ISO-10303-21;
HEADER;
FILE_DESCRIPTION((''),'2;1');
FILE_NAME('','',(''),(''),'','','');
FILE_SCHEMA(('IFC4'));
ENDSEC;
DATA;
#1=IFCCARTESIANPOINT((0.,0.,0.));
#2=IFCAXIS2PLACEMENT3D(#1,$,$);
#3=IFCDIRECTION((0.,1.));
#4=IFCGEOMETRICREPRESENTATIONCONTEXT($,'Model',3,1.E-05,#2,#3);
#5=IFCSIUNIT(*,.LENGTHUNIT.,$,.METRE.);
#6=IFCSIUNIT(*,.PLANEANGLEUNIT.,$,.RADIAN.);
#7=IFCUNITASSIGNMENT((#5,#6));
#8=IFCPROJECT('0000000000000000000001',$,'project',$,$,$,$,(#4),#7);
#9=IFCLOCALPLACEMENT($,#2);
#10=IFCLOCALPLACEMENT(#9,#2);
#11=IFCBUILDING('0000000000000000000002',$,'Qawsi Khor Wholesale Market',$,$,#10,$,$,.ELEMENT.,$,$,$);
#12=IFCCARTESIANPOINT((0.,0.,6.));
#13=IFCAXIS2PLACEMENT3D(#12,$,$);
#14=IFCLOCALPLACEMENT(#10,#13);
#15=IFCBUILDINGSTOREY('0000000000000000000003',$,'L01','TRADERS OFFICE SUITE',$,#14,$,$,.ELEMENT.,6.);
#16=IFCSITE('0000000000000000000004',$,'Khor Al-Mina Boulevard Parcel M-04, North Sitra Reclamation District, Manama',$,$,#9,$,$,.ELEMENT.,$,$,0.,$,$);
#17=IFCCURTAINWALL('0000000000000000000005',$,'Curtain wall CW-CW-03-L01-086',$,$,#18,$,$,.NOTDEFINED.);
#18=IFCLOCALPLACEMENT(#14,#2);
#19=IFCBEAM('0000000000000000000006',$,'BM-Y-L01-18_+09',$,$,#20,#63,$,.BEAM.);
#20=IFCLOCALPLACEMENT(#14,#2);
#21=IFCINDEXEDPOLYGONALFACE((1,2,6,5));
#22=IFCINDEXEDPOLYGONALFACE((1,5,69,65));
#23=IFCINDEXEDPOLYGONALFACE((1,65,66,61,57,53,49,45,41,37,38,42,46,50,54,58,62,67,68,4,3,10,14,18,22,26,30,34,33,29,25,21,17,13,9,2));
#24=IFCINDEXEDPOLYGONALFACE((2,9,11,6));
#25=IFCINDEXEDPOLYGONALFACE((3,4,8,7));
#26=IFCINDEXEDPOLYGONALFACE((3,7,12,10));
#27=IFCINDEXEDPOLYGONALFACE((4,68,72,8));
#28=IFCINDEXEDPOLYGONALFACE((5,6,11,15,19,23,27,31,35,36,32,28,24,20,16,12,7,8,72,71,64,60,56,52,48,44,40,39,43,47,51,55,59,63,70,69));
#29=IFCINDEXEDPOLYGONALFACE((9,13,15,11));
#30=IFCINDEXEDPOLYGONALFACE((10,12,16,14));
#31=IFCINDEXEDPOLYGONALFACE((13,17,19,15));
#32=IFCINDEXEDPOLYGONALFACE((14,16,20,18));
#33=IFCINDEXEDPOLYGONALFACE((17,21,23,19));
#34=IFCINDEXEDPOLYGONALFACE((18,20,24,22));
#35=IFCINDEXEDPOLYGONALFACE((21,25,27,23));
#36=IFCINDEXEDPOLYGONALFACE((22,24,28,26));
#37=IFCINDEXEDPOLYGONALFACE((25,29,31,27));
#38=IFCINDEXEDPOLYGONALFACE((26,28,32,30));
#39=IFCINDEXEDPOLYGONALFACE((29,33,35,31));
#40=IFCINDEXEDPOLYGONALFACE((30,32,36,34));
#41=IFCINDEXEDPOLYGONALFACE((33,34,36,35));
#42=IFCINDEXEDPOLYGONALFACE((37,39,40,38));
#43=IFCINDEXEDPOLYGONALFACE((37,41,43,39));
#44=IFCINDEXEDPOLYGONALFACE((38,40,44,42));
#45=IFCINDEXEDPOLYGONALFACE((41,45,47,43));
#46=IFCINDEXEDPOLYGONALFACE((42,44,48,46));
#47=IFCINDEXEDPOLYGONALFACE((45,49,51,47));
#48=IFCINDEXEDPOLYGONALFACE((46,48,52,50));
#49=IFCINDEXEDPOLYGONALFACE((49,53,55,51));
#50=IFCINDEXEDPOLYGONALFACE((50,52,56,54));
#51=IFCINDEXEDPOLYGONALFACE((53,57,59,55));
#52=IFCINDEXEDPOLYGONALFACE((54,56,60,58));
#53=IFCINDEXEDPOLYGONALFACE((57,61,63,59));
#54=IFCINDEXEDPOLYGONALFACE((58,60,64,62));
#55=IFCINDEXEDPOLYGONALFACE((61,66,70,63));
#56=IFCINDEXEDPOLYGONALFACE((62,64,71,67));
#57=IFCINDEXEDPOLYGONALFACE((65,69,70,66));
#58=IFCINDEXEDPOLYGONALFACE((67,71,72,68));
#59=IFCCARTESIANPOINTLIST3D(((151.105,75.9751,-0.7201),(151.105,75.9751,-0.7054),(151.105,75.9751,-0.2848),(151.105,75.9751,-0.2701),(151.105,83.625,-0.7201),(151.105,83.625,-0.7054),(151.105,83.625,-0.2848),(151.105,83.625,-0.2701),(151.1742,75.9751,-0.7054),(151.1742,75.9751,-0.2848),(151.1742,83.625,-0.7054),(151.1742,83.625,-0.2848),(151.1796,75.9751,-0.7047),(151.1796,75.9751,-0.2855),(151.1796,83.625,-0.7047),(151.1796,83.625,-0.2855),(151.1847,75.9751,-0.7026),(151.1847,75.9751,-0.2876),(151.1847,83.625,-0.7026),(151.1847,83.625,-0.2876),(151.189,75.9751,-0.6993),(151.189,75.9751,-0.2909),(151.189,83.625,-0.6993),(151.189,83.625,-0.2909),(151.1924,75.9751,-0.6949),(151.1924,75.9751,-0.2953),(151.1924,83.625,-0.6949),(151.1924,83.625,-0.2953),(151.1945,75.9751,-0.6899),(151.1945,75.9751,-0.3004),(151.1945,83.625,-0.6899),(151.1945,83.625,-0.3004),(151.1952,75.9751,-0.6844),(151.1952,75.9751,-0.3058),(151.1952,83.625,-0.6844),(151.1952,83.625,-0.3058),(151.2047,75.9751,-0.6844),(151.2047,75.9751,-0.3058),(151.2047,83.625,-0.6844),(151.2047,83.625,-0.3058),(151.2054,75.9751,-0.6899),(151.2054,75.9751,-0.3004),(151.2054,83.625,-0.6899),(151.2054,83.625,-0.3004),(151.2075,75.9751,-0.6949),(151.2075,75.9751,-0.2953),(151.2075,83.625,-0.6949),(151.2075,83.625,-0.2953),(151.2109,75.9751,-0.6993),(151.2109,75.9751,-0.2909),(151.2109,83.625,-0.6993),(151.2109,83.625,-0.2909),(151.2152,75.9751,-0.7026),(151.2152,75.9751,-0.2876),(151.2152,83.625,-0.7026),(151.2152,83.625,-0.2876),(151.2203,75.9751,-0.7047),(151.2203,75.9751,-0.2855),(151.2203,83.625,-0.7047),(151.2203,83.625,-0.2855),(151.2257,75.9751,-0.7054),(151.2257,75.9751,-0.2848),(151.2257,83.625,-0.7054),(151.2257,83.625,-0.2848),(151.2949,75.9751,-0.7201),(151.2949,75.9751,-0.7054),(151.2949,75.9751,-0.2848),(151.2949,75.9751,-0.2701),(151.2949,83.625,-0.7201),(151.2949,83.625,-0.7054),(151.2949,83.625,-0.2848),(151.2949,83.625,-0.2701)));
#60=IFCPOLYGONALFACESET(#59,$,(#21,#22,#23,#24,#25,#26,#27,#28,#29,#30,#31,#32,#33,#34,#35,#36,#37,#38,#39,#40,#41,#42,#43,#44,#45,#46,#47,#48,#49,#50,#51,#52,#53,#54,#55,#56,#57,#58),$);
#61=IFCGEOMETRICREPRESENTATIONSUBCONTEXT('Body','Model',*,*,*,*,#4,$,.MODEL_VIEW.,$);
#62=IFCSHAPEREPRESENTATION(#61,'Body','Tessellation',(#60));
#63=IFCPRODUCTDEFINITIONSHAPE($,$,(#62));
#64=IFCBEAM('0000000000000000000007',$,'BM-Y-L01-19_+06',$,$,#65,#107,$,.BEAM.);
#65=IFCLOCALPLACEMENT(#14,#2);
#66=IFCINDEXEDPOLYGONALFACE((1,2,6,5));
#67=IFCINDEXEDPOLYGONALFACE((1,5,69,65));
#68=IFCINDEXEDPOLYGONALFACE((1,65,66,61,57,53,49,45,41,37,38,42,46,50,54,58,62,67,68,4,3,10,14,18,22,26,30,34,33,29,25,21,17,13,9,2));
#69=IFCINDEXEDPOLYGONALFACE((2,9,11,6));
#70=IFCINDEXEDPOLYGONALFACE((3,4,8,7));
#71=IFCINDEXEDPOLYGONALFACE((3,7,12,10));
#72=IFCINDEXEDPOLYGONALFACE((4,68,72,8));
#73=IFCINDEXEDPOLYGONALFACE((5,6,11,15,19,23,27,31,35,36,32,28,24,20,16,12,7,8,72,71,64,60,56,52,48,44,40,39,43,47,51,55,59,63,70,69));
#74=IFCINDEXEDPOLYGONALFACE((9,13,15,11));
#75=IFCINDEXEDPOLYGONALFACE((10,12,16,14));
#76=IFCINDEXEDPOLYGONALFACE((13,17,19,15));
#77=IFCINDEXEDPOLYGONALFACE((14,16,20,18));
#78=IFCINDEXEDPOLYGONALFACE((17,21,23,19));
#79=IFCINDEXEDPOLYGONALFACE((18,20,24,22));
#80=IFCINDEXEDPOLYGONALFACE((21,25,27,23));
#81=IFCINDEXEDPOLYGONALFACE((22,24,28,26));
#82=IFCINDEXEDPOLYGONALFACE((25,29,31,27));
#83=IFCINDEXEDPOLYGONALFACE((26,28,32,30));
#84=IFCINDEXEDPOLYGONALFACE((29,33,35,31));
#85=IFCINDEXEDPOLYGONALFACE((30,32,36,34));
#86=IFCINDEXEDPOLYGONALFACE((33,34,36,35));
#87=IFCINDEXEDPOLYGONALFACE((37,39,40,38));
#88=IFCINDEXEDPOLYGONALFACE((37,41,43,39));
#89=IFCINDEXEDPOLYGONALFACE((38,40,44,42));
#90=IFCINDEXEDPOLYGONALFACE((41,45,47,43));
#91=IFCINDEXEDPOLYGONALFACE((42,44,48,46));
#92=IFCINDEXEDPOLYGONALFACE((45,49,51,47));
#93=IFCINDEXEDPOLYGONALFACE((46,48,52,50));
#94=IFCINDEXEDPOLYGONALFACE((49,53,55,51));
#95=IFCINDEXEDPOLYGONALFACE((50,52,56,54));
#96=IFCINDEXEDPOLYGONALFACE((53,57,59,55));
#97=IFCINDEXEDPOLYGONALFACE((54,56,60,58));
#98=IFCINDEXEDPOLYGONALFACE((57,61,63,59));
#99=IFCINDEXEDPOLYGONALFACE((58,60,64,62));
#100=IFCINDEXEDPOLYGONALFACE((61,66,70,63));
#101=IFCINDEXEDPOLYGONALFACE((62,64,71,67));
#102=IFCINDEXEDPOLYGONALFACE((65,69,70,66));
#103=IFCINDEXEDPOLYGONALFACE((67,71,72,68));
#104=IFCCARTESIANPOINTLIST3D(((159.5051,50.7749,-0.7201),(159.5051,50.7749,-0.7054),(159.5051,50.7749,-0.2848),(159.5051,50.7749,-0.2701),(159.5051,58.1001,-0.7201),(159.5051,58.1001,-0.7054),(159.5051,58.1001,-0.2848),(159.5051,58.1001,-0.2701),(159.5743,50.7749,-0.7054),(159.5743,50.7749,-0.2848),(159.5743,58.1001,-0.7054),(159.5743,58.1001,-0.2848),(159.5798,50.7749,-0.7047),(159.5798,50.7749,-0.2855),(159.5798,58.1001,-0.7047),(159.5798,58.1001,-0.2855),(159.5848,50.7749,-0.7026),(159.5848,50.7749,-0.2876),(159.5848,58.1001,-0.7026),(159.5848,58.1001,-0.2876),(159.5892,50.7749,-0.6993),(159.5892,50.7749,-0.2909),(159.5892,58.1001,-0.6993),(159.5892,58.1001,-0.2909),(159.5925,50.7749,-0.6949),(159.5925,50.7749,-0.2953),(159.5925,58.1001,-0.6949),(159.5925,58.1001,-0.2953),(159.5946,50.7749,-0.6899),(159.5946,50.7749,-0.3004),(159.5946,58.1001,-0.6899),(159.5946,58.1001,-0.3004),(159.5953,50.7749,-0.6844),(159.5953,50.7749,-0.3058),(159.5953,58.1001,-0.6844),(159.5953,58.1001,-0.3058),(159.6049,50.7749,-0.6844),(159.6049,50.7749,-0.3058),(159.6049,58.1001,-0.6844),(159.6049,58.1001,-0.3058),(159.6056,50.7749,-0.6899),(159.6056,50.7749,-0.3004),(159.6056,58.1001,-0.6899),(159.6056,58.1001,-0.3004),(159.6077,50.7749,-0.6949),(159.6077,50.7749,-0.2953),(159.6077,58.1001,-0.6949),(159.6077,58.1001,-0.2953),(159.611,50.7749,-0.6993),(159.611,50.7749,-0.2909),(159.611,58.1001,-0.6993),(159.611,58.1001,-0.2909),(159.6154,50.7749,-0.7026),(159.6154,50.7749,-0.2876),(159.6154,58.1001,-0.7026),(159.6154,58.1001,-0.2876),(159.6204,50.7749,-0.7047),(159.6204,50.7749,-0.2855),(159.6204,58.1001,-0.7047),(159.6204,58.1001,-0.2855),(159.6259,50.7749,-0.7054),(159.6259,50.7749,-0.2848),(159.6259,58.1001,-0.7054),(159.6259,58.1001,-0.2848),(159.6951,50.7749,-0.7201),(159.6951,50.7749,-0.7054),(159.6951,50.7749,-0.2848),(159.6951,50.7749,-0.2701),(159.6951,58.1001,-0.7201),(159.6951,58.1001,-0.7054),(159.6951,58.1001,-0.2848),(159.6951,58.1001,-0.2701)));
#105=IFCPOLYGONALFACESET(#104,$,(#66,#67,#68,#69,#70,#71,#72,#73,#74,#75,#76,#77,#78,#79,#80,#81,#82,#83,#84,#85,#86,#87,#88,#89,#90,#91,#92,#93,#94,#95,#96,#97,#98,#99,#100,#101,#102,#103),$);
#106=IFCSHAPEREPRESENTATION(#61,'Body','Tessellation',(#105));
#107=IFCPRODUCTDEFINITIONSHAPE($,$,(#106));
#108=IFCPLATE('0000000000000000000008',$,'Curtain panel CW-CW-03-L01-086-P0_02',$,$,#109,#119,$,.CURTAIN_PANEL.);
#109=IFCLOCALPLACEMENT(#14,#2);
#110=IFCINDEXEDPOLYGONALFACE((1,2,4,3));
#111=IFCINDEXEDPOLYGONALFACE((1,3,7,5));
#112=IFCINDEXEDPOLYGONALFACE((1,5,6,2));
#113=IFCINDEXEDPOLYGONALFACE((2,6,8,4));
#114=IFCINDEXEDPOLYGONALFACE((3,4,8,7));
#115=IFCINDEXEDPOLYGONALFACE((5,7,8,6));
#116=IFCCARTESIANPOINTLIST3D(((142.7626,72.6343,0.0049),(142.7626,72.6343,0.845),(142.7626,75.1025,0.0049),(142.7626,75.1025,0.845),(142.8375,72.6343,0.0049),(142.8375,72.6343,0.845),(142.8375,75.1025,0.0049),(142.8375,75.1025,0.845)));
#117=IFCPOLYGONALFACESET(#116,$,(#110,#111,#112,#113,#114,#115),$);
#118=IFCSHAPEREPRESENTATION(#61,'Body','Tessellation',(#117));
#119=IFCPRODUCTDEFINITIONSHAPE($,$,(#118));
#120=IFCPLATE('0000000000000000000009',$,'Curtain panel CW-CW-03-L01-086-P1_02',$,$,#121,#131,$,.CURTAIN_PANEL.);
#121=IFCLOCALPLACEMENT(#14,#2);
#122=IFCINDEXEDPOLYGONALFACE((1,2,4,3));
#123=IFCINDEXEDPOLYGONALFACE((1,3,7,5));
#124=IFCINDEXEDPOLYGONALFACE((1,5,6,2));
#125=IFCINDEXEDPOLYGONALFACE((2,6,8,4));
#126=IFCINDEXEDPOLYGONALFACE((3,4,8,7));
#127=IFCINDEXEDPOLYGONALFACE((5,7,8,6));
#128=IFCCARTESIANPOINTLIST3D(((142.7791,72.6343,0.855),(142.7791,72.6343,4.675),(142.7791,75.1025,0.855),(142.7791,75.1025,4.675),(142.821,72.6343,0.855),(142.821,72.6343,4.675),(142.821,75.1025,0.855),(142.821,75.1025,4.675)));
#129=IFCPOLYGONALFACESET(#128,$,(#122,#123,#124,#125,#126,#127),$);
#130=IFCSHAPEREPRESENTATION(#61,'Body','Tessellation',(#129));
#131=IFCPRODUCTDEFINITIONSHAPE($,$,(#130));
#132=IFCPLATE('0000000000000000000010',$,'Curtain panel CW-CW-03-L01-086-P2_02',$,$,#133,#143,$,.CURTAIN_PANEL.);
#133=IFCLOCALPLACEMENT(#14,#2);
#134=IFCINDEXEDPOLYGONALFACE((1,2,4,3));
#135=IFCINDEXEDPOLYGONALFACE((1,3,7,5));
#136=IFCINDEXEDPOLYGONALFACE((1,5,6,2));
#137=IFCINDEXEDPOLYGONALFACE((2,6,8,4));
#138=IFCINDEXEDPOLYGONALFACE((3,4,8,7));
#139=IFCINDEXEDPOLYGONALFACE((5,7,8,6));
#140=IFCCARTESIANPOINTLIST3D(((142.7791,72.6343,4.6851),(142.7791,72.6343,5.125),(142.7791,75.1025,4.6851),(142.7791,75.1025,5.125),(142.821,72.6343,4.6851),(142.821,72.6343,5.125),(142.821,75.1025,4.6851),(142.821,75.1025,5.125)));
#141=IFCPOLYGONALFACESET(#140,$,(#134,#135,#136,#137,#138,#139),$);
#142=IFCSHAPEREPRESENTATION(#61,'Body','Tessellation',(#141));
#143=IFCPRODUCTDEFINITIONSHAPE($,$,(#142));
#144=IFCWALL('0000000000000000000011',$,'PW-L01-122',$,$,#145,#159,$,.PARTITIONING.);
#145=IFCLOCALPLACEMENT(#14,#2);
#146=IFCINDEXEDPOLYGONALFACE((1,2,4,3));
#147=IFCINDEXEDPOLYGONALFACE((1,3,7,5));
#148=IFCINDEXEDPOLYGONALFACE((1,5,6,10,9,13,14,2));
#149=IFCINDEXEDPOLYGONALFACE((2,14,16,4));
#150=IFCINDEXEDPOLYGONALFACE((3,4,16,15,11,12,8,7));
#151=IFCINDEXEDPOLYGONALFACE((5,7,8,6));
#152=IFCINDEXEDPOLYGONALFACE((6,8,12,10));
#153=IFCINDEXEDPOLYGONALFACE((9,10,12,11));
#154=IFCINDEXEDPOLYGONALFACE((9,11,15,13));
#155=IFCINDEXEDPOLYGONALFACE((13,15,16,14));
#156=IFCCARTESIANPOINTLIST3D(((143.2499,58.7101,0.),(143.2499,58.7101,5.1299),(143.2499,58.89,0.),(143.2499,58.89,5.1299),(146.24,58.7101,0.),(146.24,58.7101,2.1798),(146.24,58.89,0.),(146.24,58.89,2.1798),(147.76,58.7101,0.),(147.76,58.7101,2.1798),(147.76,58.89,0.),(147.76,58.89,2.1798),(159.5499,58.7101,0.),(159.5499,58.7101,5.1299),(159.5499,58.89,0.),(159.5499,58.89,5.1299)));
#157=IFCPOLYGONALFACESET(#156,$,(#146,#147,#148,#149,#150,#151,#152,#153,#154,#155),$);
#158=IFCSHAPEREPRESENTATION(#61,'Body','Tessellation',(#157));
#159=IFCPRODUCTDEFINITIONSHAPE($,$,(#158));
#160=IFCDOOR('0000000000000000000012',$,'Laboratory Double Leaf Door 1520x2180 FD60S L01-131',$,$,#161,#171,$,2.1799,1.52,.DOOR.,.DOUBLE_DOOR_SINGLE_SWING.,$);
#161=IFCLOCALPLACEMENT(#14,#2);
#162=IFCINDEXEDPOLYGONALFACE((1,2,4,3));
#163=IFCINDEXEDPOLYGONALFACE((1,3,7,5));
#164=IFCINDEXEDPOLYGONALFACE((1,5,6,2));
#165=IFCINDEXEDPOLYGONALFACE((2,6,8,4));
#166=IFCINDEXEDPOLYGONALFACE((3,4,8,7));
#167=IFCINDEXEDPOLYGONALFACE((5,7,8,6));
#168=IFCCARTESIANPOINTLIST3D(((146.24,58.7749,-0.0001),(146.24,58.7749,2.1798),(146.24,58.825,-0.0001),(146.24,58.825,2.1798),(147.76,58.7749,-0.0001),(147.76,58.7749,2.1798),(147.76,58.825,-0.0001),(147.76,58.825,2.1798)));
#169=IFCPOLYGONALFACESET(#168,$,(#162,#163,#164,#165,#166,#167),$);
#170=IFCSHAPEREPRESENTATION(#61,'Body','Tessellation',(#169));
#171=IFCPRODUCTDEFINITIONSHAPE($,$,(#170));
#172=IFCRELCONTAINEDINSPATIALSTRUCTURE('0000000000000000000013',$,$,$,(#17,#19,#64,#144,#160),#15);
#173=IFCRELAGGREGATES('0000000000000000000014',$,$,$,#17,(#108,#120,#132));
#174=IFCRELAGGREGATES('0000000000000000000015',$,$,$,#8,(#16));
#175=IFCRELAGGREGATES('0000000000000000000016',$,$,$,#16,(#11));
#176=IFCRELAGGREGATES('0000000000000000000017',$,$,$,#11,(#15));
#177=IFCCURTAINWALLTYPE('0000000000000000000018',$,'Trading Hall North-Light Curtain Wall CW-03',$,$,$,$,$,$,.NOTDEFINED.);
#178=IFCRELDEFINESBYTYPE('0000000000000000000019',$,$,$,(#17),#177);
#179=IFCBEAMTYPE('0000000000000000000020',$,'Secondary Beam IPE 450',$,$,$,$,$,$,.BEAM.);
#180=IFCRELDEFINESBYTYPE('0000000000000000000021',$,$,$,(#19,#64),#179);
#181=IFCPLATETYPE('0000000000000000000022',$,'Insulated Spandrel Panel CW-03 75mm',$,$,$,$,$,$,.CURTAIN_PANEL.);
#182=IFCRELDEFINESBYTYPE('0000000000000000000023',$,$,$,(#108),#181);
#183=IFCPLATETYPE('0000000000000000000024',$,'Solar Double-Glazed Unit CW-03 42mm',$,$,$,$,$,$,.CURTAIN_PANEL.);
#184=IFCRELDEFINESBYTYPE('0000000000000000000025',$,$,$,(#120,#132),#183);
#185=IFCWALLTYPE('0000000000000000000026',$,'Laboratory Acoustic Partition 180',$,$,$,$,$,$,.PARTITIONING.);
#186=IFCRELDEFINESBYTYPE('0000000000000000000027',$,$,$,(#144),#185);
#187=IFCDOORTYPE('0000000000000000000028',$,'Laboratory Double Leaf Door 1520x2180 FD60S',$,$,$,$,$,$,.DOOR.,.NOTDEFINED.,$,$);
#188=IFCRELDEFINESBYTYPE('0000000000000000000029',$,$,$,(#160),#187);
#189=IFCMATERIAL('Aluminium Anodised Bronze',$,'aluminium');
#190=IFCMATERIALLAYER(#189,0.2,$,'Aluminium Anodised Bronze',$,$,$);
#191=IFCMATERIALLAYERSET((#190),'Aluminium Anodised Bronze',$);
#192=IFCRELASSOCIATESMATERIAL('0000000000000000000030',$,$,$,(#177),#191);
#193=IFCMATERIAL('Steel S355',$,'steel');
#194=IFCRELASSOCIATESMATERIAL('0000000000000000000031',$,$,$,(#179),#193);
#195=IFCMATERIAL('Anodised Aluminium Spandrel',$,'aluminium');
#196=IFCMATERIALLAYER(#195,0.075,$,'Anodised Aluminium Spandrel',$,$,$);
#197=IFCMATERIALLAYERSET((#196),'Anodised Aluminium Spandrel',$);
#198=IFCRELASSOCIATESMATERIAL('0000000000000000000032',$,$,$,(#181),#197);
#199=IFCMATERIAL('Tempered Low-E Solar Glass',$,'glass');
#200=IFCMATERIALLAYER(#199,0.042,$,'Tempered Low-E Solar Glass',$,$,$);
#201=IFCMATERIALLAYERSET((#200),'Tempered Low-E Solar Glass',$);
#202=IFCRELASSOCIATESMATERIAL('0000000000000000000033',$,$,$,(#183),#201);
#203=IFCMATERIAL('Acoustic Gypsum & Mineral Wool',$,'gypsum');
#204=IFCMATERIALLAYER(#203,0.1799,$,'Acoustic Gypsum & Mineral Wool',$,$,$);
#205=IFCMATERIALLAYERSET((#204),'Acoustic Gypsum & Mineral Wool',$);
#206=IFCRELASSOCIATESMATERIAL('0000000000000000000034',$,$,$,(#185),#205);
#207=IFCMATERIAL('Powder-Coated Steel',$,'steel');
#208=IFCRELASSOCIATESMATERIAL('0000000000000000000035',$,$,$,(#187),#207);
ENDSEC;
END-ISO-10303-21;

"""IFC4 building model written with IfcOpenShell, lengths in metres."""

from ifc_helpers import new_model, si_unit, direction, frame, frame_2d, origin, origin_2d, place, context, subcontext, project, spatial, rectangle, i_section, extrude, material, layer, layer_set, material_profile, profile_set, type_object, element, fill, aggregate, save


model = new_model("IFC4")

# Units and contexts
model_context = context("Model", 3, precision=1e-05, world=origin(), true_north=direction((0.0, 1.0)))
body_context = subcontext(model_context, "Body", "Model", "MODEL_VIEW")
ifc_project = project(units=[si_unit("LENGTHUNIT", "METRE"), si_unit("PLANEANGLEUNIT", "RADIAN")], contexts=[model_context])

# Site, building, storey
site_placement = place(None, origin())
site = spatial("IfcSite", under=ifc_project, at=site_placement, Name="Khor Al-Mina Boulevard Parcel M-04, North Sitra Reclamation District, Manama", CompositionType="ELEMENT", RefElevation=0.0)
building_placement = place(site_placement, origin())
building = spatial("IfcBuilding", under=site, at=building_placement, Name="Qawsi Khor Wholesale Market", CompositionType="ELEMENT")
storey_placement = place(building_placement, frame((0.0, 0.0, 6.0)))
storey = spatial("IfcBuildingStorey", under=building, at=storey_placement, Name="L01", Description="TRADERS OFFICE SUITE", CompositionType="ELEMENT", Elevation=6.0)

# Curtain wall
ifc_material_1 = material(Name="Aluminium Anodised Bronze", Category="aluminium")
ifc_layer_1 = layer(ifc_material_1, 0.2, Name="Aluminium Anodised Bronze")
ifc_layer_set_1 = layer_set([ifc_layer_1], Name="Aluminium Anodised Bronze")
curtain_wall_type = type_object("IfcCurtainWallType", Name="Trading Hall North-Light Curtain Wall CW-03", PredefinedType="NOTDEFINED", material=ifc_layer_set_1)
curtain_wall_placement = place(storey_placement, origin())
curtain_wall = element("IfcCurtainWall", 1, at=curtain_wall_placement, inside=storey, type_object=curtain_wall_type, Name="Curtain wall CW-CW-03-L01-086", PredefinedType="NOTDEFINED")

# Beams
ifc_material_2 = material(Name="Steel S355", Category="steel")
ifc_material_profile_1 = material_profile(ifc_material_2, i_section(OverallWidth=0.1899, OverallDepth=0.45, WebThickness=0.0095, FlangeThickness=0.0146, FilletRadius=0.021, at=origin_2d()), Name="IPE 450")
ifc_profile_set_1 = profile_set([ifc_material_profile_1], Name="Steel S355")
beam_type_1 = type_object("IfcBeamType", Name="Secondary Beam IPE 450", PredefinedType="BEAM", material=ifc_profile_set_1)
beam_1_placement = place(storey_placement, frame((151.2, 75.9751, -0.4951), z_axis=(0.0, 1.0, 0.0), x_axis=(-1.0, 0.0, 0.0)))
element("IfcBeam", 2, at=beam_1_placement, inside=storey, type_object=beam_type_1, Name="BM-Y-L01-18_+09", PredefinedType="BEAM", context=body_context, shape_type="SweptSolid", body=[
    extrude(i_section(OverallWidth=0.1899, OverallDepth=0.45, WebThickness=0.0095, FlangeThickness=0.0146, FilletRadius=0.021, at=origin_2d()), origin(), (0.0, 0.0, 1.0), 7.6499),
])
beam_2_placement = place(storey_placement, frame((159.6001, 50.7749, -0.4951), z_axis=(0.0, 1.0, 0.0), x_axis=(-1.0, 0.0, 0.0)))
element("IfcBeam", 3, at=beam_2_placement, inside=storey, type_object=beam_type_1, Name="BM-Y-L01-19_+06", PredefinedType="BEAM", context=body_context, shape_type="SweptSolid", body=[
    extrude(i_section(OverallWidth=0.1899, OverallDepth=0.45, WebThickness=0.0095, FlangeThickness=0.0146, FilletRadius=0.021, at=origin_2d()), origin(), (0.0, 0.0, 1.0), 7.3252),
])

# Plates
ifc_material_3 = material(Name="Anodised Aluminium Spandrel", Category="aluminium")
ifc_layer_2 = layer(ifc_material_3, 0.075, Name="Anodised Aluminium Spandrel")
ifc_layer_set_2 = layer_set([ifc_layer_2], Name="Anodised Aluminium Spandrel")
plate_type_1 = type_object("IfcPlateType", Name="Insulated Spandrel Panel CW-03 75mm", PredefinedType="CURTAIN_PANEL", material=ifc_layer_set_2)
plate_1_placement = place(storey_placement, frame((142.8, 72.6343, 0.0049), z_axis=(0.0, 0.0, 1.0), x_axis=(0.0, 1.0, 0.0)))
plate_1 = element("IfcPlate", 4, at=plate_1_placement, type_object=plate_type_1, Name="Curtain panel CW-CW-03-L01-086-P0_02", PredefinedType="CURTAIN_PANEL", context=body_context, shape_type="SweptSolid", body=[
    extrude(rectangle(XDim=2.4683, YDim=0.075, at=frame_2d((1.2341, 0.0))), origin(), (0.0, 0.0, 1.0), 0.8401),
])
ifc_material_4 = material(Name="Tempered Low-E Solar Glass", Category="glass")
ifc_layer_3 = layer(ifc_material_4, 0.042, Name="Tempered Low-E Solar Glass")
ifc_layer_set_3 = layer_set([ifc_layer_3], Name="Tempered Low-E Solar Glass")
plate_type_2 = type_object("IfcPlateType", Name="Solar Double-Glazed Unit CW-03 42mm", PredefinedType="CURTAIN_PANEL", material=ifc_layer_set_3)
plate_2_placement = place(storey_placement, frame((142.8, 72.6343, 0.855), z_axis=(0.0, 0.0, 1.0), x_axis=(0.0, 1.0, 0.0)))
plate_2 = element("IfcPlate", 5, at=plate_2_placement, type_object=plate_type_2, Name="Curtain panel CW-CW-03-L01-086-P1_02", PredefinedType="CURTAIN_PANEL", context=body_context, shape_type="SweptSolid", body=[
    extrude(rectangle(XDim=2.4683, YDim=0.042, at=frame_2d((1.2341, 0.0))), origin(), (0.0, 0.0, 1.0), 3.8201),
])
plate_3_placement = place(storey_placement, frame((142.8, 72.6343, 4.6851), z_axis=(0.0, 0.0, 1.0), x_axis=(0.0, 1.0, 0.0)))
plate_3 = element("IfcPlate", 6, at=plate_3_placement, type_object=plate_type_2, Name="Curtain panel CW-CW-03-L01-086-P2_02", PredefinedType="CURTAIN_PANEL", context=body_context, shape_type="SweptSolid", body=[
    extrude(rectangle(XDim=2.4683, YDim=0.042, at=frame_2d((1.2341, 0.0))), origin(), (0.0, 0.0, 1.0), 0.4399),
])
aggregate(curtain_wall, [plate_1, plate_2, plate_3])

# Wall, opening, door
ifc_material_5 = material(Name="Acoustic Gypsum & Mineral Wool", Category="gypsum")
ifc_layer_4 = layer(ifc_material_5, 0.1799, Name="Acoustic Gypsum & Mineral Wool")
ifc_layer_set_4 = layer_set([ifc_layer_4], Name="Acoustic Gypsum & Mineral Wool")
wall_type = type_object("IfcWallType", Name="Laboratory Acoustic Partition 180", PredefinedType="PARTITIONING", material=ifc_layer_set_4)
wall_placement = place(storey_placement, frame((143.25, 58.8, 0.0), z_axis=(0.0, 0.0, 1.0), x_axis=(1.0, 0.0, 0.0)))
wall = element("IfcWall", 7, at=wall_placement, inside=storey, type_object=wall_type, Name="PW-L01-122", PredefinedType="PARTITIONING", context=body_context, shape_type="SweptSolid", body=[
    extrude(rectangle(XDim=16.3, YDim=0.1799, at=frame_2d((8.1499, 0.0))), origin(), (0.0, 0.0, 1.0), 5.1299),
])
opening_placement = place(wall_placement, frame((2.99, 0.0, 0.0)))
opening = element("IfcOpeningElement", 8, at=opening_placement, cuts=wall, PredefinedType="OPENING", context=body_context, shape_type="SweptSolid", body=[
    extrude(rectangle(XDim=1.52, YDim=2.1799, at=frame_2d((0.76, 1.0898))), frame((0.0, 0.0999, 0.0), z_axis=(0.0, -1.0, 0.0), x_axis=(1.0, 0.0, 0.0)), (0.0, 0.0, 1.0), 0.2),
])
ifc_material_6 = material(Name="Powder-Coated Steel", Category="steel")
door_type = type_object("IfcDoorType", Name="Laboratory Double Leaf Door 1520x2180 FD60S", OperationType="NOTDEFINED", PredefinedType="DOOR", material=ifc_material_6)
door_placement = place(opening_placement, origin())
door = element("IfcDoor", 9, at=door_placement, inside=storey, type_object=door_type, Name="Laboratory Double Leaf Door 1520x2180 FD60S L01-131", OperationType="DOUBLE_DOOR_SINGLE_SWING", OverallHeight=2.1799, OverallWidth=1.52, PredefinedType="DOOR", context=body_context, shape_type="SweptSolid", body=[
    extrude(rectangle(XDim=1.52, YDim=2.1799, at=frame_2d((0.76, 1.0898))), frame((0.0, 0.0249, 0.0), z_axis=(0.0, -1.0, 0.0), x_axis=(1.0, 0.0, 0.0)), (0.0, 0.0, 1.0), 0.05),
])
fill(opening, door)

save(model, "model.ifc")
